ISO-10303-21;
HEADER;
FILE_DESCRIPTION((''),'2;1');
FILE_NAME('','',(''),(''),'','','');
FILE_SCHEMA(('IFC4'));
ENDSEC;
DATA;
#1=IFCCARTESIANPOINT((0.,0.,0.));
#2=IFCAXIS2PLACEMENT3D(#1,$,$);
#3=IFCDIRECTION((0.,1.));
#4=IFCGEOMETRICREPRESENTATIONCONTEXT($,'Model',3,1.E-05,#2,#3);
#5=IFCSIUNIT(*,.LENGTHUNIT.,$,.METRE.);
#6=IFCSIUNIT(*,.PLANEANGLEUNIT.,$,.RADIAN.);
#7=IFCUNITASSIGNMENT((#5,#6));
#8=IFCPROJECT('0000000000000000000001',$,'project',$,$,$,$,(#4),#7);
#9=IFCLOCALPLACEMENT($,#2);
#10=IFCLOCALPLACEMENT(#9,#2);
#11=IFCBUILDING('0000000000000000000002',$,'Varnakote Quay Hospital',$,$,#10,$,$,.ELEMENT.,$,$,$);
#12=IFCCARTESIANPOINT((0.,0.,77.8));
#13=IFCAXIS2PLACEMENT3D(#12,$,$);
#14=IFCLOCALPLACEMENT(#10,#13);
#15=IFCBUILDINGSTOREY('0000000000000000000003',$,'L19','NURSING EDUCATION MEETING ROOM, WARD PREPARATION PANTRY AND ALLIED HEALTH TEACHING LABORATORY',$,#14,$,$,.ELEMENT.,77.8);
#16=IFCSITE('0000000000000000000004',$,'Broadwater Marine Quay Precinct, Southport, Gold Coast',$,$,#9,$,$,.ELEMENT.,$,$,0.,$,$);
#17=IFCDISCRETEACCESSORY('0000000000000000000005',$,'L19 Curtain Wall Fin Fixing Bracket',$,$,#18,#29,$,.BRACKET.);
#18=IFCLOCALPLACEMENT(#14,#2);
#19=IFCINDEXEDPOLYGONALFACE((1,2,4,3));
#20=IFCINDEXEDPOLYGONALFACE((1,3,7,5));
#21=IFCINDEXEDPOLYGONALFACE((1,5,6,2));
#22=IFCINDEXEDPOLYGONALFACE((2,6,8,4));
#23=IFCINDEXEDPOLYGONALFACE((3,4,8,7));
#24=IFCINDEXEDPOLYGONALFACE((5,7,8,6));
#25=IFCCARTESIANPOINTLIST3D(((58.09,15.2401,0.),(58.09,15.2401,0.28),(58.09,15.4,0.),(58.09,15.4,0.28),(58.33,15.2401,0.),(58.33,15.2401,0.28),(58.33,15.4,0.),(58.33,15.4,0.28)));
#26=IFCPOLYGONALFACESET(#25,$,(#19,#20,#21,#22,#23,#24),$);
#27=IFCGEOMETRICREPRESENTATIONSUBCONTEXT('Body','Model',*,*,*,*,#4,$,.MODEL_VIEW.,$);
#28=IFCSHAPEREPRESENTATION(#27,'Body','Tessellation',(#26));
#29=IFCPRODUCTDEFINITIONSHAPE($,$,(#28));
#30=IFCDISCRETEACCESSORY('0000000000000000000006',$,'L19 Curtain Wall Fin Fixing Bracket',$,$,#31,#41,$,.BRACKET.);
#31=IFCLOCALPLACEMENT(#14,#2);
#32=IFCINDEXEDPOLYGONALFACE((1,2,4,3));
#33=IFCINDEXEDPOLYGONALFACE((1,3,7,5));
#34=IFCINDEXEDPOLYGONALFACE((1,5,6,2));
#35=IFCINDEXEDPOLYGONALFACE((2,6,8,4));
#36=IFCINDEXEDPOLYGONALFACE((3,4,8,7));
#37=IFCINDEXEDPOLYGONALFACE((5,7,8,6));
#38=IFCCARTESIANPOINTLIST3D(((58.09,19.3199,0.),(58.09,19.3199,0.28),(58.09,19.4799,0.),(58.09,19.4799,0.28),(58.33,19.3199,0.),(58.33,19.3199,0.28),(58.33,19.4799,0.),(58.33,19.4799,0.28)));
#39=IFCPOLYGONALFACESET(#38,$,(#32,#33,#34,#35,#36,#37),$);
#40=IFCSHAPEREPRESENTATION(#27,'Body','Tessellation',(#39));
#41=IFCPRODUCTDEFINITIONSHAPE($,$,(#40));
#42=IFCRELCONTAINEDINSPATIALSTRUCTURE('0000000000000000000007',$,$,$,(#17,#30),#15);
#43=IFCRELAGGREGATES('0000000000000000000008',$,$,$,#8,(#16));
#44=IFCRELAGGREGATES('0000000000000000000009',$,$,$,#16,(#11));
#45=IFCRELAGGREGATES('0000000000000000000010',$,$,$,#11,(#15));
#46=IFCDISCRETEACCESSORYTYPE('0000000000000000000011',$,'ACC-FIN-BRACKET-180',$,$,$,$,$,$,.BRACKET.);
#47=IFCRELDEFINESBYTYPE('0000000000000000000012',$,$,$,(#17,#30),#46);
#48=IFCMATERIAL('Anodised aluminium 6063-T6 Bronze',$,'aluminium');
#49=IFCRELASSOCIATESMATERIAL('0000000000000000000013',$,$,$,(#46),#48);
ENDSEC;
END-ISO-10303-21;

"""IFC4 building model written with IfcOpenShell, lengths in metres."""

from ifc_helpers import new_model, si_unit, direction, frame, origin, origin_2d, place, context, subcontext, project, spatial, rectangle, extrude, material, type_object, element, save


model = new_model("IFC4")

# Units and contexts
model_context = context("Model", 3, precision=1e-05, world=origin(), true_north=direction((0.0, 1.0)))
body_context = subcontext(model_context, "Body", "Model", "MODEL_VIEW")
ifc_project = project(units=[si_unit("LENGTHUNIT", "METRE"), si_unit("PLANEANGLEUNIT", "RADIAN")], contexts=[model_context])

# Site, building, storey
site_placement = place(None, origin())
site = spatial("IfcSite", under=ifc_project, at=site_placement, Name="Broadwater Marine Quay Precinct, Southport, Gold Coast", CompositionType="ELEMENT", RefElevation=0.0)
building_placement = place(site_placement, origin())
building = spatial("IfcBuilding", under=site, at=building_placement, Name="Varnakote Quay Hospital", CompositionType="ELEMENT")
storey_placement = place(building_placement, frame((0.0, 0.0, 77.8)))
storey = spatial("IfcBuildingStorey", under=building, at=storey_placement, Name="L19", Description="NURSING EDUCATION MEETING ROOM, WARD PREPARATION PANTRY AND ALLIED HEALTH TEACHING LABORATORY", CompositionType="ELEMENT", Elevation=77.8)

# Discrete accessories
ifc_material_1 = material(Name="Anodised aluminium 6063-T6 Bronze", Category="aluminium")
discrete_accessory_type = type_object("IfcDiscreteAccessoryType", Name="ACC-FIN-BRACKET-180", PredefinedType="BRACKET", material=ifc_material_1)
for number, where, z_axis, x_axis, name in (
    (1, (58.21, 15.3201, 0.0), (0.0, 0.0, 1.0), (0.0, 1.0, 0.0), "L19 Curtain Wall Fin Fixing Bracket"),
    (2, (58.21, 19.3999, 0.0), (0.0, 0.0, 1.0), (0.0, 1.0, 0.0), "L19 Curtain Wall Fin Fixing Bracket"),
):
    element("IfcDiscreteAccessory", number, at=place(storey_placement, frame(where, z_axis=z_axis, x_axis=x_axis)), inside=storey, type_object=discrete_accessory_type, Name=name, PredefinedType="BRACKET", context=body_context, shape_type="SweptSolid", body=[
        extrude(rectangle(XDim=0.1599, YDim=0.24, at=origin_2d()), origin(), (0.0, 0.0, 1.0), 0.28),
    ])

save(model, "model.ifc")
